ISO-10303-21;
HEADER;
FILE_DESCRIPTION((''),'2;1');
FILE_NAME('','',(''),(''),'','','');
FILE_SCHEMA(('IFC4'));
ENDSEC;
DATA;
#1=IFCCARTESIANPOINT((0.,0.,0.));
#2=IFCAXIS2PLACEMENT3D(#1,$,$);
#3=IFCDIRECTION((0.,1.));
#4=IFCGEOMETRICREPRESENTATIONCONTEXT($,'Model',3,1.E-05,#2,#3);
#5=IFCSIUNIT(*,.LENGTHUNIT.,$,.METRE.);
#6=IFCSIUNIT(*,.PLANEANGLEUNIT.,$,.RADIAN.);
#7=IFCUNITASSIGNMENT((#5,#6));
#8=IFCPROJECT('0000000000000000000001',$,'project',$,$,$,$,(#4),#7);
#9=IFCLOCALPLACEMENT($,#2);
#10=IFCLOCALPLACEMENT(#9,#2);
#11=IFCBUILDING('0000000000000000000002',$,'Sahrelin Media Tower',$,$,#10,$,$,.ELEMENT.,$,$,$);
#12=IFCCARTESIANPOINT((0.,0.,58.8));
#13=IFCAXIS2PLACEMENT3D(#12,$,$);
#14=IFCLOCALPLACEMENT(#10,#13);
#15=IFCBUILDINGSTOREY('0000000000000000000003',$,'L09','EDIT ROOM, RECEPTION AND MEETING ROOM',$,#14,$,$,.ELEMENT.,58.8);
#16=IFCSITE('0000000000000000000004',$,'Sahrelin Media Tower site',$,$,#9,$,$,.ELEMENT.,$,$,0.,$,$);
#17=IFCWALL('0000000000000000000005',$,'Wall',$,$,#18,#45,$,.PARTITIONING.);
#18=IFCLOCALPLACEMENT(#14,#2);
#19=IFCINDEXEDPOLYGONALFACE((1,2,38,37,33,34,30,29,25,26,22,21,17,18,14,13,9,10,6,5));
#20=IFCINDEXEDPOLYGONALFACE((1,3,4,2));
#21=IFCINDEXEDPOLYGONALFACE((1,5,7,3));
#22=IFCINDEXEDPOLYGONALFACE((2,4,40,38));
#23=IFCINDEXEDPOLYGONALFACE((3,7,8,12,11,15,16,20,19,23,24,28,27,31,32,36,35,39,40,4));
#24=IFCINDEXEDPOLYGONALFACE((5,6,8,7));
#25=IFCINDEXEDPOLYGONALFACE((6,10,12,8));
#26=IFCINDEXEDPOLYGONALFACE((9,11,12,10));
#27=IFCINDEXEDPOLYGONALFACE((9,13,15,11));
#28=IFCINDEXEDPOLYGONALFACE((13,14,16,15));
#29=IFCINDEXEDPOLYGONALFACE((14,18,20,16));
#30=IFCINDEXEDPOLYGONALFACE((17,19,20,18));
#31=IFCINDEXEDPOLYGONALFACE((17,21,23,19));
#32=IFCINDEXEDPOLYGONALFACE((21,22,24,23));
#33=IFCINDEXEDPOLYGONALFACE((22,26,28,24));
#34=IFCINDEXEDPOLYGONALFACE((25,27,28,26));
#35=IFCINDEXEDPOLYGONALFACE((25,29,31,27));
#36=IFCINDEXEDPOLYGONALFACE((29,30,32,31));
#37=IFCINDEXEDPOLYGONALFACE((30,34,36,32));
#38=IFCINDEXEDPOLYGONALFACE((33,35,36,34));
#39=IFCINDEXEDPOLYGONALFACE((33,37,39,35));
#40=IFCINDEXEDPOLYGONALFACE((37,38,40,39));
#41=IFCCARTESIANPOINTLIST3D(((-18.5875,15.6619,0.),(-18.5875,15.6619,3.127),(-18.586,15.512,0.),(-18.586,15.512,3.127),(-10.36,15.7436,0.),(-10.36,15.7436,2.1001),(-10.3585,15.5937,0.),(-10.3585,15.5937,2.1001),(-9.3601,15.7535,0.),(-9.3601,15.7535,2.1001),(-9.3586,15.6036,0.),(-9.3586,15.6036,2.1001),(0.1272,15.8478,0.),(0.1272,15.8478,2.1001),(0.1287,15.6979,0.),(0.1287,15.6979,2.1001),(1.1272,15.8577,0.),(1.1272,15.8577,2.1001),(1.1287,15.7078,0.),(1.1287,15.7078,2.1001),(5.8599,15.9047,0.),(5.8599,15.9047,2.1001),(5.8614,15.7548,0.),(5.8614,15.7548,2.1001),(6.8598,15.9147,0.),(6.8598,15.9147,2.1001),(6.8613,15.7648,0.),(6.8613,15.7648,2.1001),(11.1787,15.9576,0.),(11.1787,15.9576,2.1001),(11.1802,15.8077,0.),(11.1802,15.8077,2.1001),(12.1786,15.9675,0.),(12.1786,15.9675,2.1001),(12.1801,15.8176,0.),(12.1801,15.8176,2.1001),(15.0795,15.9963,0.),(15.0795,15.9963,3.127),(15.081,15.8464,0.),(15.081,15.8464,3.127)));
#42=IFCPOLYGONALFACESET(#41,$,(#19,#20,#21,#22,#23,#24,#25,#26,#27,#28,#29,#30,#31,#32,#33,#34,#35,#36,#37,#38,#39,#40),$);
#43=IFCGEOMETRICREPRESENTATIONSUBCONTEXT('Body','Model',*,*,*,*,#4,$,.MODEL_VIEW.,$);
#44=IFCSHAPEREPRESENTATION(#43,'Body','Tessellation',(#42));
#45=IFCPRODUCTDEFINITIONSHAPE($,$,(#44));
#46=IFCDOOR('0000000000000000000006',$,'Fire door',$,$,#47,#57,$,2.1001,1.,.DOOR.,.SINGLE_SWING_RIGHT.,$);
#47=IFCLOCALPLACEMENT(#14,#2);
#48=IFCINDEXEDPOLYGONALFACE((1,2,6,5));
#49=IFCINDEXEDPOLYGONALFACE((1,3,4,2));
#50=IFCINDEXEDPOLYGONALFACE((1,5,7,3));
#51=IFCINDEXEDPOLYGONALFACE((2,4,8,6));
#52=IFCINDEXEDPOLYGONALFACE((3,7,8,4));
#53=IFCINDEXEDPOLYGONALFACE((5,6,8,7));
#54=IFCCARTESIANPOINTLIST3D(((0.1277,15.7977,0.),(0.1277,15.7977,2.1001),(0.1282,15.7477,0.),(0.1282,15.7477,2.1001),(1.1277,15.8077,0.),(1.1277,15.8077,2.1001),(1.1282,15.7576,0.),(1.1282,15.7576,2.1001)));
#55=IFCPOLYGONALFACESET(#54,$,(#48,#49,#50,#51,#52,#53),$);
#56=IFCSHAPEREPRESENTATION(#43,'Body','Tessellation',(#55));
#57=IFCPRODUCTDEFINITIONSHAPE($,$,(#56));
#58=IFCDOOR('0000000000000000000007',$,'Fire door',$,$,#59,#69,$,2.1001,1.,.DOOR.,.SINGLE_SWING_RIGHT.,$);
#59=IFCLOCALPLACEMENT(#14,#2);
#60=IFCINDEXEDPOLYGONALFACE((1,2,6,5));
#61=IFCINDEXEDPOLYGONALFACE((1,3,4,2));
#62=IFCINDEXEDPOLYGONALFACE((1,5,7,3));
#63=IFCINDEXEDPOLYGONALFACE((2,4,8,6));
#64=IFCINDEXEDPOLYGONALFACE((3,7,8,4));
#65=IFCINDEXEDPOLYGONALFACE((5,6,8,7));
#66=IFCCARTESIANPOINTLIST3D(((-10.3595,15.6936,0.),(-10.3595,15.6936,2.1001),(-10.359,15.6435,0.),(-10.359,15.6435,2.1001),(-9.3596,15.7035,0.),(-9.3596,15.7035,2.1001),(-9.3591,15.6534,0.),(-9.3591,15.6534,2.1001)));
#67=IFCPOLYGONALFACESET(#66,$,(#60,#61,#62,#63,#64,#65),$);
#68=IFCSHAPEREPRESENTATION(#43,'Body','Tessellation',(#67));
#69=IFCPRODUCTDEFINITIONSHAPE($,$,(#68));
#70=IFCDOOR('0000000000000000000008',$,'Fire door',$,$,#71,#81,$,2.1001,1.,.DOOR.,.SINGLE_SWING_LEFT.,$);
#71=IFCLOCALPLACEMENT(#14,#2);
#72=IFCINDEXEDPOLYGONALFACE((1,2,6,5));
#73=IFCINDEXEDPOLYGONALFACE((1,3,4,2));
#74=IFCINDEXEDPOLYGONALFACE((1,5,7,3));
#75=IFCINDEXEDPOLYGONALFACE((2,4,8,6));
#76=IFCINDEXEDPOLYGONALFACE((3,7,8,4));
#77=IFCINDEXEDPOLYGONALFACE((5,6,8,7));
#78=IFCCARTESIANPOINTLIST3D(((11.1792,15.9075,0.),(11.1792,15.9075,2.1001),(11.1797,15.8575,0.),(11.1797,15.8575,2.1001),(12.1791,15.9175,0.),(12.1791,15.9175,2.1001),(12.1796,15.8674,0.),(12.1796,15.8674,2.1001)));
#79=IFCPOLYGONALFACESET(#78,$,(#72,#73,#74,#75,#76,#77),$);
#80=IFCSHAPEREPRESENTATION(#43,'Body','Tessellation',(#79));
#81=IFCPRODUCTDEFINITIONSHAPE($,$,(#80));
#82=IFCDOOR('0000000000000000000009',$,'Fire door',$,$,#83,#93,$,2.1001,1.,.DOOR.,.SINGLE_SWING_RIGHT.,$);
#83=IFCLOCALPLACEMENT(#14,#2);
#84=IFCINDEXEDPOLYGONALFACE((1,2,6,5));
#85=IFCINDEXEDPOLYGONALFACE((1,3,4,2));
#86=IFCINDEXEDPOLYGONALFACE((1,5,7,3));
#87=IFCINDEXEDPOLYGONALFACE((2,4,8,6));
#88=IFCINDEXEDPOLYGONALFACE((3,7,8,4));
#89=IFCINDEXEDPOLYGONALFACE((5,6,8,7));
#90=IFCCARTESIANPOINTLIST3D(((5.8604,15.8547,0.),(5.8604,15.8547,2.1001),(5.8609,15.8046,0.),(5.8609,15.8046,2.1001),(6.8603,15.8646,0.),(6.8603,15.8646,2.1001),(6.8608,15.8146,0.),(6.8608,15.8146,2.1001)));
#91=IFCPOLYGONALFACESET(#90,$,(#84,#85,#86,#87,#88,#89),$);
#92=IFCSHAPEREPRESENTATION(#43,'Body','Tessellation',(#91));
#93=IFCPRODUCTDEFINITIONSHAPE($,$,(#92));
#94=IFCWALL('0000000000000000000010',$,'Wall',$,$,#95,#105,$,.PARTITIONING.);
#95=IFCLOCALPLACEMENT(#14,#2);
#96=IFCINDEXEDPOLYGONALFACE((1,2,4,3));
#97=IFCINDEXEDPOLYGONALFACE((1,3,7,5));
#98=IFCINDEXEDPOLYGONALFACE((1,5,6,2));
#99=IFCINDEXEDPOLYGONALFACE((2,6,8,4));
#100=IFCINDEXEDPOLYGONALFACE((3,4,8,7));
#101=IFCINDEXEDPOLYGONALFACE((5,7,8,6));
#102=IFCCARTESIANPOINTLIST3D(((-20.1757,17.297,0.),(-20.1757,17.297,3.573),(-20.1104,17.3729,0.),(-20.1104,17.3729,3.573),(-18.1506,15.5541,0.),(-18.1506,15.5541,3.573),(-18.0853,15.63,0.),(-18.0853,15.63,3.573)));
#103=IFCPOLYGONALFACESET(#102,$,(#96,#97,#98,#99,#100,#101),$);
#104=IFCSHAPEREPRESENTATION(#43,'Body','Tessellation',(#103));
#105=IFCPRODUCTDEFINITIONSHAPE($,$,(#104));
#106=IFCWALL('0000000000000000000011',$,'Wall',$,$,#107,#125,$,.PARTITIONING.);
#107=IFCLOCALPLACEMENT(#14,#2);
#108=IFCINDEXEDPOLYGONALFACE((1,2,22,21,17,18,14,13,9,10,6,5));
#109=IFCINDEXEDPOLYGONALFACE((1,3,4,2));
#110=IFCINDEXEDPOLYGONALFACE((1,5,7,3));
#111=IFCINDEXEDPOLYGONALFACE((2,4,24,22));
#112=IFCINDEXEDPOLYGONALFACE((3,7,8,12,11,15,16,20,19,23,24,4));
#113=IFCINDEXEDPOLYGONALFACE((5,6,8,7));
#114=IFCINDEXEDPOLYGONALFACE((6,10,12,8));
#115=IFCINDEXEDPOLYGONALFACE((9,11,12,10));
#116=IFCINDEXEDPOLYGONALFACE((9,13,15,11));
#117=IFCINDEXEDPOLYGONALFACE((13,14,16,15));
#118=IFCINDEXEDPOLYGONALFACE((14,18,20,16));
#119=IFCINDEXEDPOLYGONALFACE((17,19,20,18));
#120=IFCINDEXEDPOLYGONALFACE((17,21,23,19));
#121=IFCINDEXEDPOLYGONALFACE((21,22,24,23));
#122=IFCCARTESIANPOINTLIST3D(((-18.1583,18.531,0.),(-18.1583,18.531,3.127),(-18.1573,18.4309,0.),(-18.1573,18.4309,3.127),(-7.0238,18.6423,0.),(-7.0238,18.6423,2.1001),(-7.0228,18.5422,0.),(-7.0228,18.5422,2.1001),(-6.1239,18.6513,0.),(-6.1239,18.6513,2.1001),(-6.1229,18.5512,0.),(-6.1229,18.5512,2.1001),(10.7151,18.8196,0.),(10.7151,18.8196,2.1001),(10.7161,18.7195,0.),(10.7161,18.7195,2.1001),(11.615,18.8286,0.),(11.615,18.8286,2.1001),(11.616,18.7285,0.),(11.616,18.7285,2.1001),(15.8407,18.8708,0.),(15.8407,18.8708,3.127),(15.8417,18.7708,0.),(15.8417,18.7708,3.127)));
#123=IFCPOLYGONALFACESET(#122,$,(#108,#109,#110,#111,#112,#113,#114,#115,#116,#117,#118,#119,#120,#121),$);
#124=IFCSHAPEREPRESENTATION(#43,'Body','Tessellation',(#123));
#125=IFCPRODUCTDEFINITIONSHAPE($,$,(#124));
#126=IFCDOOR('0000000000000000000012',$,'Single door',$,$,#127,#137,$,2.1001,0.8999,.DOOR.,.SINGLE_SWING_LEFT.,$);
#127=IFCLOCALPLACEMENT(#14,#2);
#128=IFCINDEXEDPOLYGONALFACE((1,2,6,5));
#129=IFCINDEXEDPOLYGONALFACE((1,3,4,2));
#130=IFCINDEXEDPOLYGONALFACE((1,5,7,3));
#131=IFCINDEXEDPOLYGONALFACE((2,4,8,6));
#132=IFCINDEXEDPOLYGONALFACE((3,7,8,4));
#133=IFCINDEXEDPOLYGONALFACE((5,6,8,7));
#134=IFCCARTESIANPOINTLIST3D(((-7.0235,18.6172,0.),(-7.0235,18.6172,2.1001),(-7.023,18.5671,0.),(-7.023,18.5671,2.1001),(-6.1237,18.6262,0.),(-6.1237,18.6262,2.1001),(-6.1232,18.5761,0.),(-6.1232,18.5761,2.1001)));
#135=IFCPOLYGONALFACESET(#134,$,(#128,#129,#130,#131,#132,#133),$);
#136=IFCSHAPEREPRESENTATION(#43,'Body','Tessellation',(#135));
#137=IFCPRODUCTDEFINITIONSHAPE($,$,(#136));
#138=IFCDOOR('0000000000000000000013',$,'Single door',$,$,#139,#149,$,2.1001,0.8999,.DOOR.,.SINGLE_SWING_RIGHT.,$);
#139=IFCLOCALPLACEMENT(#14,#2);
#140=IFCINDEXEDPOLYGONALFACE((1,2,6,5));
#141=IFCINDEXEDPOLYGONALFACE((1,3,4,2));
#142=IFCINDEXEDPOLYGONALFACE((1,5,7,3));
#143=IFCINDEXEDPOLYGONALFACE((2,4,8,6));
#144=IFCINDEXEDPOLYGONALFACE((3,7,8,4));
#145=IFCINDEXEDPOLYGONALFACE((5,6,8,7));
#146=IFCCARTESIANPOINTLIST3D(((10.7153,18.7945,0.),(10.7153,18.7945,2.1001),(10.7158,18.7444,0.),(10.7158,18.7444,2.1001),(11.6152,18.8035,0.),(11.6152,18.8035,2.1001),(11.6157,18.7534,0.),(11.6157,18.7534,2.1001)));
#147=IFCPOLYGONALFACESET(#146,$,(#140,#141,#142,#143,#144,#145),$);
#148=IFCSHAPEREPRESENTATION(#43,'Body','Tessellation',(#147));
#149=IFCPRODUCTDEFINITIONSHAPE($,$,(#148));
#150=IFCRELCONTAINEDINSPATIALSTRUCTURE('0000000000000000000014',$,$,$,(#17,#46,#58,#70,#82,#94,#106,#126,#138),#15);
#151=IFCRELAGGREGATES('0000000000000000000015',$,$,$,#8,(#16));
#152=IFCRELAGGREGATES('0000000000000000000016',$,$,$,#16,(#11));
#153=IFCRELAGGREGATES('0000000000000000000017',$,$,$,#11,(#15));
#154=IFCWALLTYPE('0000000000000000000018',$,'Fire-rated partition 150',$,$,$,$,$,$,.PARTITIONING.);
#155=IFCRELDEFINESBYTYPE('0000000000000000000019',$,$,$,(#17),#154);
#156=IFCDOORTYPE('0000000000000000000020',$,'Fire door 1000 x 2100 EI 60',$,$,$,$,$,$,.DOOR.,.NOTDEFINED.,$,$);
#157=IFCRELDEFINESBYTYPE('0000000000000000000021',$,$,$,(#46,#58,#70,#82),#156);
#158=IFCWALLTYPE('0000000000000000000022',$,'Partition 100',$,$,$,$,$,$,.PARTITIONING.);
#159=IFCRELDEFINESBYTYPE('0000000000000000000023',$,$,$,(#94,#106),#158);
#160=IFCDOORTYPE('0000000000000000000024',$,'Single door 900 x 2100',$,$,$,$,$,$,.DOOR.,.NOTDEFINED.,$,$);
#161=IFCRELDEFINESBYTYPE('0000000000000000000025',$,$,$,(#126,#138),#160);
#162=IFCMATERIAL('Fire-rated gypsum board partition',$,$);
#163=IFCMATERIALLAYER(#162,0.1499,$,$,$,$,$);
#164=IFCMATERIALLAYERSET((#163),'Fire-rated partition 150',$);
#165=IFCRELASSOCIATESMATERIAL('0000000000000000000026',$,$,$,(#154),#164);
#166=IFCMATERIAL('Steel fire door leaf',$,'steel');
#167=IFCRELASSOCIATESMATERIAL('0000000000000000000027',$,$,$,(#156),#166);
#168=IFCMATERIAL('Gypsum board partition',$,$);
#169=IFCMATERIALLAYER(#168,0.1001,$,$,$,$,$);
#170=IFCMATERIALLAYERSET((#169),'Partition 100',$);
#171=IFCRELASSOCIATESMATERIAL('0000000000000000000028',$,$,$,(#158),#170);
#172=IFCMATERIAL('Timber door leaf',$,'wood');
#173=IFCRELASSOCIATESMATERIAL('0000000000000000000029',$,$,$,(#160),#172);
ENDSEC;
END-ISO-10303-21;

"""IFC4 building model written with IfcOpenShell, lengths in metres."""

from ifc_helpers import new_model, si_unit, direction, frame, frame_2d, origin, place, context, subcontext, project, spatial, rectangle, extrude, material, layer, layer_set, type_object, element, fill, save


model = new_model("IFC4")

# Units and contexts
model_context = context("Model", 3, precision=1e-05, world=origin(), true_north=direction((0.0, 1.0)))
body_context = subcontext(model_context, "Body", "Model", "MODEL_VIEW")
ifc_project = project(units=[si_unit("LENGTHUNIT", "METRE"), si_unit("PLANEANGLEUNIT", "RADIAN")], contexts=[model_context])

# Site, building, storey
site_placement = place(None, origin())
site = spatial("IfcSite", under=ifc_project, at=site_placement, Name="Sahrelin Media Tower site", CompositionType="ELEMENT", RefElevation=0.0)
building_placement = place(site_placement, origin())
building = spatial("IfcBuilding", under=site, at=building_placement, Name="Sahrelin Media Tower", CompositionType="ELEMENT")
storey_placement = place(building_placement, frame((0.0, 0.0, 58.8)))
storey = spatial("IfcBuildingStorey", under=building, at=storey_placement, Name="L09", Description="EDIT ROOM, RECEPTION AND MEETING ROOM", CompositionType="ELEMENT", Elevation=58.8)

# Shared definitions
ifc_material_1 = material(Name="Fire-rated gypsum board partition")
ifc_layer_1 = layer(ifc_material_1, 0.1499)
ifc_layer_set_1 = layer_set([ifc_layer_1], Name="Fire-rated partition 150")
wall_type_1 = type_object("IfcWallType", Name="Fire-rated partition 150", PredefinedType="PARTITIONING", material=ifc_layer_set_1)

# Wall, openings, doors
wall_1_placement = place(storey_placement, frame((-18.5869, 15.5869, 0.0), z_axis=(0.0, 0.0, 1.0), x_axis=(0.999951, 0.009934, 0.0)))
wall_1 = element("IfcWall", 1, at=wall_1_placement, inside=storey, type_object=wall_type_1, Name="Wall", PredefinedType="PARTITIONING", context=body_context, shape_type="SweptSolid", body=[
    extrude(rectangle(XDim=33.6687, YDim=0.1499, at=frame_2d((16.8345, 0.0))), origin(), (0.0, 0.0, 1.0), 3.127),
])
opening_1_placement = place(wall_1_placement, frame((18.7158, 0.0, 0.0)))
opening_1 = element("IfcOpeningElement", 2, at=opening_1_placement, cuts=wall_1, PredefinedType="OPENING", context=body_context, shape_type="SweptSolid", body=[
    extrude(rectangle(XDim=1.0, YDim=2.1001, at=frame_2d((0.5, 1.05))), frame((0.0, 0.075, 0.0), z_axis=(0.0, -1.0, 0.0), x_axis=(1.0, 0.0, 0.0)), (0.0, 0.0, 1.0), 0.1499),
])
opening_2_placement = place(wall_1_placement, frame((8.228, 0.0, 0.0)))
opening_2 = element("IfcOpeningElement", 3, at=opening_2_placement, cuts=wall_1, PredefinedType="OPENING", context=body_context, shape_type="SweptSolid", body=[
    extrude(rectangle(XDim=1.0, YDim=2.1001, at=frame_2d((0.5, 1.05))), frame((0.0, 0.075, 0.0), z_axis=(0.0, -1.0, 0.0), x_axis=(1.0, 0.0, 0.0)), (0.0, 0.0, 1.0), 0.1499),
])
opening_3_placement = place(wall_1_placement, frame((29.7678, 0.0, 0.0)))
opening_3 = element("IfcOpeningElement", 4, at=opening_3_placement, cuts=wall_1, PredefinedType="OPENING", context=body_context, shape_type="SweptSolid", body=[
    extrude(rectangle(XDim=1.0, YDim=2.1001, at=frame_2d((0.5, 1.05))), frame((0.0, 0.075, 0.0), z_axis=(0.0, -1.0, 0.0), x_axis=(1.0, 0.0, 0.0)), (0.0, 0.0, 1.0), 0.1499),
])
opening_4_placement = place(wall_1_placement, frame((24.4487, 0.0, 0.0)))
opening_4 = element("IfcOpeningElement", 5, at=opening_4_placement, cuts=wall_1, PredefinedType="OPENING", context=body_context, shape_type="SweptSolid", body=[
    extrude(rectangle(XDim=1.0, YDim=2.1001, at=frame_2d((0.5, 1.05))), frame((0.0, 0.075, 0.0), z_axis=(0.0, -1.0, 0.0), x_axis=(1.0, 0.0, 0.0)), (0.0, 0.0, 1.0), 0.1499),
])
ifc_material_2 = material(Name="Steel fire door leaf", Category="steel")
door_type_1 = type_object("IfcDoorType", Name="Fire door 1000 x 2100 EI 60", OperationType="NOTDEFINED", PredefinedType="DOOR", material=ifc_material_2)
door_1_placement = place(opening_1_placement, origin())
door_1 = element("IfcDoor", 6, at=door_1_placement, inside=storey, type_object=door_type_1, Name="Fire door", OperationType="SINGLE_SWING_RIGHT", OverallHeight=2.1001, OverallWidth=1.0, PredefinedType="DOOR", context=body_context, shape_type="SweptSolid", body=[
    extrude(rectangle(XDim=1.0, YDim=2.1001, at=frame_2d((0.5, 1.05))), frame((0.0, 0.0249, 0.0), z_axis=(0.0, -1.0, 0.0), x_axis=(1.0, 0.0, 0.0)), (0.0, 0.0, 1.0), 0.05),
])
fill(opening_1, door_1)
door_2_placement = place(opening_2_placement, origin())
door_2 = element("IfcDoor", 7, at=door_2_placement, inside=storey, type_object=door_type_1, Name="Fire door", OperationType="SINGLE_SWING_RIGHT", OverallHeight=2.1001, OverallWidth=1.0, PredefinedType="DOOR", context=body_context, shape_type="SweptSolid", body=[
    extrude(rectangle(XDim=1.0, YDim=2.1001, at=frame_2d((0.5, 1.05))), frame((0.0, 0.0249, 0.0), z_axis=(0.0, -1.0, 0.0), x_axis=(1.0, 0.0, 0.0)), (0.0, 0.0, 1.0), 0.05),
])
fill(opening_2, door_2)
door_3_placement = place(opening_3_placement, origin())
door_3 = element("IfcDoor", 8, at=door_3_placement, inside=storey, type_object=door_type_1, Name="Fire door", OperationType="SINGLE_SWING_LEFT", OverallHeight=2.1001, OverallWidth=1.0, PredefinedType="DOOR", context=body_context, shape_type="SweptSolid", body=[
    extrude(rectangle(XDim=1.0, YDim=2.1001, at=frame_2d((0.5, 1.05))), frame((0.0, 0.0249, 0.0), z_axis=(0.0, -1.0, 0.0), x_axis=(1.0, 0.0, 0.0)), (0.0, 0.0, 1.0), 0.05),
])
fill(opening_3, door_3)
door_4_placement = place(opening_4_placement, origin())
door_4 = element("IfcDoor", 9, at=door_4_placement, inside=storey, type_object=door_type_1, Name="Fire door", OperationType="SINGLE_SWING_RIGHT", OverallHeight=2.1001, OverallWidth=1.0, PredefinedType="DOOR", context=body_context, shape_type="SweptSolid", body=[
    extrude(rectangle(XDim=1.0, YDim=2.1001, at=frame_2d((0.5, 1.05))), frame((0.0, 0.0249, 0.0), z_axis=(0.0, -1.0, 0.0), x_axis=(1.0, 0.0, 0.0)), (0.0, 0.0, 1.0), 0.05),
])
fill(opening_4, door_4)

# Wall
ifc_material_3 = material(Name="Gypsum board partition")
ifc_layer_2 = layer(ifc_material_3, 0.1001)
ifc_layer_set_2 = layer_set([ifc_layer_2], Name="Partition 100")
wall_type_2 = type_object("IfcWallType", Name="Partition 100", PredefinedType="PARTITIONING", material=ifc_layer_set_2)
wall_2_placement = place(storey_placement, frame((-20.1431, 17.335, 0.0), z_axis=(0.0, 0.0, 1.0), x_axis=(0.757946, -0.652318, 0.0)))
element("IfcWall", 10, at=wall_2_placement, inside=storey, type_object=wall_type_2, Name="Wall", PredefinedType="PARTITIONING", context=body_context, shape_type="SweptSolid", body=[
    extrude(rectangle(XDim=2.6719, YDim=0.1001, at=frame_2d((1.3359, 0.0))), origin(), (0.0, 0.0, 1.0), 3.573),
])

# Wall, openings, doors
wall_3_placement = place(storey_placement, frame((-18.158, 18.481, 0.0), z_axis=(0.0, 0.0, 1.0), x_axis=(0.99995, 0.009995, 0.0)))
wall_3 = element("IfcWall", 11, at=wall_3_placement, inside=storey, type_object=wall_type_2, Name="Wall", PredefinedType="PARTITIONING", context=body_context, shape_type="SweptSolid", body=[
    extrude(rectangle(XDim=34.0007, YDim=0.1001, at=frame_2d((17.0005, 0.0))), origin(), (0.0, 0.0, 1.0), 3.127),
])
opening_5_placement = place(wall_3_placement, frame((11.1353, 0.0, 0.0)))
opening_5 = element("IfcOpeningElement", 12, at=opening_5_placement, cuts=wall_3, PredefinedType="OPENING", context=body_context, shape_type="SweptSolid", body=[
    extrude(rectangle(XDim=0.8999, YDim=2.1001, at=frame_2d((0.45, 1.05))), frame((0.0, 0.05, 0.0), z_axis=(0.0, -1.0, 0.0), x_axis=(1.0, 0.0, 0.0)), (0.0, 0.0, 1.0), 0.1001),
])
opening_6_placement = place(wall_3_placement, frame((28.875, 0.0, 0.0)))
opening_6 = element("IfcOpeningElement", 13, at=opening_6_placement, cuts=wall_3, PredefinedType="OPENING", context=body_context, shape_type="SweptSolid", body=[
    extrude(rectangle(XDim=0.8999, YDim=2.1001, at=frame_2d((0.45, 1.05))), frame((0.0, 0.05, 0.0), z_axis=(0.0, -1.0, 0.0), x_axis=(1.0, 0.0, 0.0)), (0.0, 0.0, 1.0), 0.1001),
])
ifc_material_4 = material(Name="Timber door leaf", Category="wood")
door_type_2 = type_object("IfcDoorType", Name="Single door 900 x 2100", OperationType="NOTDEFINED", PredefinedType="DOOR", material=ifc_material_4)
door_5_placement = place(opening_5_placement, origin())
door_5 = element("IfcDoor", 14, at=door_5_placement, inside=storey, type_object=door_type_2, Name="Single door", OperationType="SINGLE_SWING_LEFT", OverallHeight=2.1001, OverallWidth=0.8999, PredefinedType="DOOR", context=body_context, shape_type="SweptSolid", body=[
    extrude(rectangle(XDim=0.8999, YDim=2.1001, at=frame_2d((0.45, 1.05))), frame((0.0, 0.0249, 0.0), z_axis=(0.0, -1.0, 0.0), x_axis=(1.0, 0.0, 0.0)), (0.0, 0.0, 1.0), 0.05),
])
fill(opening_5, door_5)
door_6_placement = place(opening_6_placement, origin())
door_6 = element("IfcDoor", 15, at=door_6_placement, inside=storey, type_object=door_type_2, Name="Single door", OperationType="SINGLE_SWING_RIGHT", OverallHeight=2.1001, OverallWidth=0.8999, PredefinedType="DOOR", context=body_context, shape_type="SweptSolid", body=[
    extrude(rectangle(XDim=0.8999, YDim=2.1001, at=frame_2d((0.45, 1.05))), frame((0.0, 0.0249, 0.0), z_axis=(0.0, -1.0, 0.0), x_axis=(1.0, 0.0, 0.0)), (0.0, 0.0, 1.0), 0.05),
])
fill(opening_6, door_6)

save(model, "model.ifc")
